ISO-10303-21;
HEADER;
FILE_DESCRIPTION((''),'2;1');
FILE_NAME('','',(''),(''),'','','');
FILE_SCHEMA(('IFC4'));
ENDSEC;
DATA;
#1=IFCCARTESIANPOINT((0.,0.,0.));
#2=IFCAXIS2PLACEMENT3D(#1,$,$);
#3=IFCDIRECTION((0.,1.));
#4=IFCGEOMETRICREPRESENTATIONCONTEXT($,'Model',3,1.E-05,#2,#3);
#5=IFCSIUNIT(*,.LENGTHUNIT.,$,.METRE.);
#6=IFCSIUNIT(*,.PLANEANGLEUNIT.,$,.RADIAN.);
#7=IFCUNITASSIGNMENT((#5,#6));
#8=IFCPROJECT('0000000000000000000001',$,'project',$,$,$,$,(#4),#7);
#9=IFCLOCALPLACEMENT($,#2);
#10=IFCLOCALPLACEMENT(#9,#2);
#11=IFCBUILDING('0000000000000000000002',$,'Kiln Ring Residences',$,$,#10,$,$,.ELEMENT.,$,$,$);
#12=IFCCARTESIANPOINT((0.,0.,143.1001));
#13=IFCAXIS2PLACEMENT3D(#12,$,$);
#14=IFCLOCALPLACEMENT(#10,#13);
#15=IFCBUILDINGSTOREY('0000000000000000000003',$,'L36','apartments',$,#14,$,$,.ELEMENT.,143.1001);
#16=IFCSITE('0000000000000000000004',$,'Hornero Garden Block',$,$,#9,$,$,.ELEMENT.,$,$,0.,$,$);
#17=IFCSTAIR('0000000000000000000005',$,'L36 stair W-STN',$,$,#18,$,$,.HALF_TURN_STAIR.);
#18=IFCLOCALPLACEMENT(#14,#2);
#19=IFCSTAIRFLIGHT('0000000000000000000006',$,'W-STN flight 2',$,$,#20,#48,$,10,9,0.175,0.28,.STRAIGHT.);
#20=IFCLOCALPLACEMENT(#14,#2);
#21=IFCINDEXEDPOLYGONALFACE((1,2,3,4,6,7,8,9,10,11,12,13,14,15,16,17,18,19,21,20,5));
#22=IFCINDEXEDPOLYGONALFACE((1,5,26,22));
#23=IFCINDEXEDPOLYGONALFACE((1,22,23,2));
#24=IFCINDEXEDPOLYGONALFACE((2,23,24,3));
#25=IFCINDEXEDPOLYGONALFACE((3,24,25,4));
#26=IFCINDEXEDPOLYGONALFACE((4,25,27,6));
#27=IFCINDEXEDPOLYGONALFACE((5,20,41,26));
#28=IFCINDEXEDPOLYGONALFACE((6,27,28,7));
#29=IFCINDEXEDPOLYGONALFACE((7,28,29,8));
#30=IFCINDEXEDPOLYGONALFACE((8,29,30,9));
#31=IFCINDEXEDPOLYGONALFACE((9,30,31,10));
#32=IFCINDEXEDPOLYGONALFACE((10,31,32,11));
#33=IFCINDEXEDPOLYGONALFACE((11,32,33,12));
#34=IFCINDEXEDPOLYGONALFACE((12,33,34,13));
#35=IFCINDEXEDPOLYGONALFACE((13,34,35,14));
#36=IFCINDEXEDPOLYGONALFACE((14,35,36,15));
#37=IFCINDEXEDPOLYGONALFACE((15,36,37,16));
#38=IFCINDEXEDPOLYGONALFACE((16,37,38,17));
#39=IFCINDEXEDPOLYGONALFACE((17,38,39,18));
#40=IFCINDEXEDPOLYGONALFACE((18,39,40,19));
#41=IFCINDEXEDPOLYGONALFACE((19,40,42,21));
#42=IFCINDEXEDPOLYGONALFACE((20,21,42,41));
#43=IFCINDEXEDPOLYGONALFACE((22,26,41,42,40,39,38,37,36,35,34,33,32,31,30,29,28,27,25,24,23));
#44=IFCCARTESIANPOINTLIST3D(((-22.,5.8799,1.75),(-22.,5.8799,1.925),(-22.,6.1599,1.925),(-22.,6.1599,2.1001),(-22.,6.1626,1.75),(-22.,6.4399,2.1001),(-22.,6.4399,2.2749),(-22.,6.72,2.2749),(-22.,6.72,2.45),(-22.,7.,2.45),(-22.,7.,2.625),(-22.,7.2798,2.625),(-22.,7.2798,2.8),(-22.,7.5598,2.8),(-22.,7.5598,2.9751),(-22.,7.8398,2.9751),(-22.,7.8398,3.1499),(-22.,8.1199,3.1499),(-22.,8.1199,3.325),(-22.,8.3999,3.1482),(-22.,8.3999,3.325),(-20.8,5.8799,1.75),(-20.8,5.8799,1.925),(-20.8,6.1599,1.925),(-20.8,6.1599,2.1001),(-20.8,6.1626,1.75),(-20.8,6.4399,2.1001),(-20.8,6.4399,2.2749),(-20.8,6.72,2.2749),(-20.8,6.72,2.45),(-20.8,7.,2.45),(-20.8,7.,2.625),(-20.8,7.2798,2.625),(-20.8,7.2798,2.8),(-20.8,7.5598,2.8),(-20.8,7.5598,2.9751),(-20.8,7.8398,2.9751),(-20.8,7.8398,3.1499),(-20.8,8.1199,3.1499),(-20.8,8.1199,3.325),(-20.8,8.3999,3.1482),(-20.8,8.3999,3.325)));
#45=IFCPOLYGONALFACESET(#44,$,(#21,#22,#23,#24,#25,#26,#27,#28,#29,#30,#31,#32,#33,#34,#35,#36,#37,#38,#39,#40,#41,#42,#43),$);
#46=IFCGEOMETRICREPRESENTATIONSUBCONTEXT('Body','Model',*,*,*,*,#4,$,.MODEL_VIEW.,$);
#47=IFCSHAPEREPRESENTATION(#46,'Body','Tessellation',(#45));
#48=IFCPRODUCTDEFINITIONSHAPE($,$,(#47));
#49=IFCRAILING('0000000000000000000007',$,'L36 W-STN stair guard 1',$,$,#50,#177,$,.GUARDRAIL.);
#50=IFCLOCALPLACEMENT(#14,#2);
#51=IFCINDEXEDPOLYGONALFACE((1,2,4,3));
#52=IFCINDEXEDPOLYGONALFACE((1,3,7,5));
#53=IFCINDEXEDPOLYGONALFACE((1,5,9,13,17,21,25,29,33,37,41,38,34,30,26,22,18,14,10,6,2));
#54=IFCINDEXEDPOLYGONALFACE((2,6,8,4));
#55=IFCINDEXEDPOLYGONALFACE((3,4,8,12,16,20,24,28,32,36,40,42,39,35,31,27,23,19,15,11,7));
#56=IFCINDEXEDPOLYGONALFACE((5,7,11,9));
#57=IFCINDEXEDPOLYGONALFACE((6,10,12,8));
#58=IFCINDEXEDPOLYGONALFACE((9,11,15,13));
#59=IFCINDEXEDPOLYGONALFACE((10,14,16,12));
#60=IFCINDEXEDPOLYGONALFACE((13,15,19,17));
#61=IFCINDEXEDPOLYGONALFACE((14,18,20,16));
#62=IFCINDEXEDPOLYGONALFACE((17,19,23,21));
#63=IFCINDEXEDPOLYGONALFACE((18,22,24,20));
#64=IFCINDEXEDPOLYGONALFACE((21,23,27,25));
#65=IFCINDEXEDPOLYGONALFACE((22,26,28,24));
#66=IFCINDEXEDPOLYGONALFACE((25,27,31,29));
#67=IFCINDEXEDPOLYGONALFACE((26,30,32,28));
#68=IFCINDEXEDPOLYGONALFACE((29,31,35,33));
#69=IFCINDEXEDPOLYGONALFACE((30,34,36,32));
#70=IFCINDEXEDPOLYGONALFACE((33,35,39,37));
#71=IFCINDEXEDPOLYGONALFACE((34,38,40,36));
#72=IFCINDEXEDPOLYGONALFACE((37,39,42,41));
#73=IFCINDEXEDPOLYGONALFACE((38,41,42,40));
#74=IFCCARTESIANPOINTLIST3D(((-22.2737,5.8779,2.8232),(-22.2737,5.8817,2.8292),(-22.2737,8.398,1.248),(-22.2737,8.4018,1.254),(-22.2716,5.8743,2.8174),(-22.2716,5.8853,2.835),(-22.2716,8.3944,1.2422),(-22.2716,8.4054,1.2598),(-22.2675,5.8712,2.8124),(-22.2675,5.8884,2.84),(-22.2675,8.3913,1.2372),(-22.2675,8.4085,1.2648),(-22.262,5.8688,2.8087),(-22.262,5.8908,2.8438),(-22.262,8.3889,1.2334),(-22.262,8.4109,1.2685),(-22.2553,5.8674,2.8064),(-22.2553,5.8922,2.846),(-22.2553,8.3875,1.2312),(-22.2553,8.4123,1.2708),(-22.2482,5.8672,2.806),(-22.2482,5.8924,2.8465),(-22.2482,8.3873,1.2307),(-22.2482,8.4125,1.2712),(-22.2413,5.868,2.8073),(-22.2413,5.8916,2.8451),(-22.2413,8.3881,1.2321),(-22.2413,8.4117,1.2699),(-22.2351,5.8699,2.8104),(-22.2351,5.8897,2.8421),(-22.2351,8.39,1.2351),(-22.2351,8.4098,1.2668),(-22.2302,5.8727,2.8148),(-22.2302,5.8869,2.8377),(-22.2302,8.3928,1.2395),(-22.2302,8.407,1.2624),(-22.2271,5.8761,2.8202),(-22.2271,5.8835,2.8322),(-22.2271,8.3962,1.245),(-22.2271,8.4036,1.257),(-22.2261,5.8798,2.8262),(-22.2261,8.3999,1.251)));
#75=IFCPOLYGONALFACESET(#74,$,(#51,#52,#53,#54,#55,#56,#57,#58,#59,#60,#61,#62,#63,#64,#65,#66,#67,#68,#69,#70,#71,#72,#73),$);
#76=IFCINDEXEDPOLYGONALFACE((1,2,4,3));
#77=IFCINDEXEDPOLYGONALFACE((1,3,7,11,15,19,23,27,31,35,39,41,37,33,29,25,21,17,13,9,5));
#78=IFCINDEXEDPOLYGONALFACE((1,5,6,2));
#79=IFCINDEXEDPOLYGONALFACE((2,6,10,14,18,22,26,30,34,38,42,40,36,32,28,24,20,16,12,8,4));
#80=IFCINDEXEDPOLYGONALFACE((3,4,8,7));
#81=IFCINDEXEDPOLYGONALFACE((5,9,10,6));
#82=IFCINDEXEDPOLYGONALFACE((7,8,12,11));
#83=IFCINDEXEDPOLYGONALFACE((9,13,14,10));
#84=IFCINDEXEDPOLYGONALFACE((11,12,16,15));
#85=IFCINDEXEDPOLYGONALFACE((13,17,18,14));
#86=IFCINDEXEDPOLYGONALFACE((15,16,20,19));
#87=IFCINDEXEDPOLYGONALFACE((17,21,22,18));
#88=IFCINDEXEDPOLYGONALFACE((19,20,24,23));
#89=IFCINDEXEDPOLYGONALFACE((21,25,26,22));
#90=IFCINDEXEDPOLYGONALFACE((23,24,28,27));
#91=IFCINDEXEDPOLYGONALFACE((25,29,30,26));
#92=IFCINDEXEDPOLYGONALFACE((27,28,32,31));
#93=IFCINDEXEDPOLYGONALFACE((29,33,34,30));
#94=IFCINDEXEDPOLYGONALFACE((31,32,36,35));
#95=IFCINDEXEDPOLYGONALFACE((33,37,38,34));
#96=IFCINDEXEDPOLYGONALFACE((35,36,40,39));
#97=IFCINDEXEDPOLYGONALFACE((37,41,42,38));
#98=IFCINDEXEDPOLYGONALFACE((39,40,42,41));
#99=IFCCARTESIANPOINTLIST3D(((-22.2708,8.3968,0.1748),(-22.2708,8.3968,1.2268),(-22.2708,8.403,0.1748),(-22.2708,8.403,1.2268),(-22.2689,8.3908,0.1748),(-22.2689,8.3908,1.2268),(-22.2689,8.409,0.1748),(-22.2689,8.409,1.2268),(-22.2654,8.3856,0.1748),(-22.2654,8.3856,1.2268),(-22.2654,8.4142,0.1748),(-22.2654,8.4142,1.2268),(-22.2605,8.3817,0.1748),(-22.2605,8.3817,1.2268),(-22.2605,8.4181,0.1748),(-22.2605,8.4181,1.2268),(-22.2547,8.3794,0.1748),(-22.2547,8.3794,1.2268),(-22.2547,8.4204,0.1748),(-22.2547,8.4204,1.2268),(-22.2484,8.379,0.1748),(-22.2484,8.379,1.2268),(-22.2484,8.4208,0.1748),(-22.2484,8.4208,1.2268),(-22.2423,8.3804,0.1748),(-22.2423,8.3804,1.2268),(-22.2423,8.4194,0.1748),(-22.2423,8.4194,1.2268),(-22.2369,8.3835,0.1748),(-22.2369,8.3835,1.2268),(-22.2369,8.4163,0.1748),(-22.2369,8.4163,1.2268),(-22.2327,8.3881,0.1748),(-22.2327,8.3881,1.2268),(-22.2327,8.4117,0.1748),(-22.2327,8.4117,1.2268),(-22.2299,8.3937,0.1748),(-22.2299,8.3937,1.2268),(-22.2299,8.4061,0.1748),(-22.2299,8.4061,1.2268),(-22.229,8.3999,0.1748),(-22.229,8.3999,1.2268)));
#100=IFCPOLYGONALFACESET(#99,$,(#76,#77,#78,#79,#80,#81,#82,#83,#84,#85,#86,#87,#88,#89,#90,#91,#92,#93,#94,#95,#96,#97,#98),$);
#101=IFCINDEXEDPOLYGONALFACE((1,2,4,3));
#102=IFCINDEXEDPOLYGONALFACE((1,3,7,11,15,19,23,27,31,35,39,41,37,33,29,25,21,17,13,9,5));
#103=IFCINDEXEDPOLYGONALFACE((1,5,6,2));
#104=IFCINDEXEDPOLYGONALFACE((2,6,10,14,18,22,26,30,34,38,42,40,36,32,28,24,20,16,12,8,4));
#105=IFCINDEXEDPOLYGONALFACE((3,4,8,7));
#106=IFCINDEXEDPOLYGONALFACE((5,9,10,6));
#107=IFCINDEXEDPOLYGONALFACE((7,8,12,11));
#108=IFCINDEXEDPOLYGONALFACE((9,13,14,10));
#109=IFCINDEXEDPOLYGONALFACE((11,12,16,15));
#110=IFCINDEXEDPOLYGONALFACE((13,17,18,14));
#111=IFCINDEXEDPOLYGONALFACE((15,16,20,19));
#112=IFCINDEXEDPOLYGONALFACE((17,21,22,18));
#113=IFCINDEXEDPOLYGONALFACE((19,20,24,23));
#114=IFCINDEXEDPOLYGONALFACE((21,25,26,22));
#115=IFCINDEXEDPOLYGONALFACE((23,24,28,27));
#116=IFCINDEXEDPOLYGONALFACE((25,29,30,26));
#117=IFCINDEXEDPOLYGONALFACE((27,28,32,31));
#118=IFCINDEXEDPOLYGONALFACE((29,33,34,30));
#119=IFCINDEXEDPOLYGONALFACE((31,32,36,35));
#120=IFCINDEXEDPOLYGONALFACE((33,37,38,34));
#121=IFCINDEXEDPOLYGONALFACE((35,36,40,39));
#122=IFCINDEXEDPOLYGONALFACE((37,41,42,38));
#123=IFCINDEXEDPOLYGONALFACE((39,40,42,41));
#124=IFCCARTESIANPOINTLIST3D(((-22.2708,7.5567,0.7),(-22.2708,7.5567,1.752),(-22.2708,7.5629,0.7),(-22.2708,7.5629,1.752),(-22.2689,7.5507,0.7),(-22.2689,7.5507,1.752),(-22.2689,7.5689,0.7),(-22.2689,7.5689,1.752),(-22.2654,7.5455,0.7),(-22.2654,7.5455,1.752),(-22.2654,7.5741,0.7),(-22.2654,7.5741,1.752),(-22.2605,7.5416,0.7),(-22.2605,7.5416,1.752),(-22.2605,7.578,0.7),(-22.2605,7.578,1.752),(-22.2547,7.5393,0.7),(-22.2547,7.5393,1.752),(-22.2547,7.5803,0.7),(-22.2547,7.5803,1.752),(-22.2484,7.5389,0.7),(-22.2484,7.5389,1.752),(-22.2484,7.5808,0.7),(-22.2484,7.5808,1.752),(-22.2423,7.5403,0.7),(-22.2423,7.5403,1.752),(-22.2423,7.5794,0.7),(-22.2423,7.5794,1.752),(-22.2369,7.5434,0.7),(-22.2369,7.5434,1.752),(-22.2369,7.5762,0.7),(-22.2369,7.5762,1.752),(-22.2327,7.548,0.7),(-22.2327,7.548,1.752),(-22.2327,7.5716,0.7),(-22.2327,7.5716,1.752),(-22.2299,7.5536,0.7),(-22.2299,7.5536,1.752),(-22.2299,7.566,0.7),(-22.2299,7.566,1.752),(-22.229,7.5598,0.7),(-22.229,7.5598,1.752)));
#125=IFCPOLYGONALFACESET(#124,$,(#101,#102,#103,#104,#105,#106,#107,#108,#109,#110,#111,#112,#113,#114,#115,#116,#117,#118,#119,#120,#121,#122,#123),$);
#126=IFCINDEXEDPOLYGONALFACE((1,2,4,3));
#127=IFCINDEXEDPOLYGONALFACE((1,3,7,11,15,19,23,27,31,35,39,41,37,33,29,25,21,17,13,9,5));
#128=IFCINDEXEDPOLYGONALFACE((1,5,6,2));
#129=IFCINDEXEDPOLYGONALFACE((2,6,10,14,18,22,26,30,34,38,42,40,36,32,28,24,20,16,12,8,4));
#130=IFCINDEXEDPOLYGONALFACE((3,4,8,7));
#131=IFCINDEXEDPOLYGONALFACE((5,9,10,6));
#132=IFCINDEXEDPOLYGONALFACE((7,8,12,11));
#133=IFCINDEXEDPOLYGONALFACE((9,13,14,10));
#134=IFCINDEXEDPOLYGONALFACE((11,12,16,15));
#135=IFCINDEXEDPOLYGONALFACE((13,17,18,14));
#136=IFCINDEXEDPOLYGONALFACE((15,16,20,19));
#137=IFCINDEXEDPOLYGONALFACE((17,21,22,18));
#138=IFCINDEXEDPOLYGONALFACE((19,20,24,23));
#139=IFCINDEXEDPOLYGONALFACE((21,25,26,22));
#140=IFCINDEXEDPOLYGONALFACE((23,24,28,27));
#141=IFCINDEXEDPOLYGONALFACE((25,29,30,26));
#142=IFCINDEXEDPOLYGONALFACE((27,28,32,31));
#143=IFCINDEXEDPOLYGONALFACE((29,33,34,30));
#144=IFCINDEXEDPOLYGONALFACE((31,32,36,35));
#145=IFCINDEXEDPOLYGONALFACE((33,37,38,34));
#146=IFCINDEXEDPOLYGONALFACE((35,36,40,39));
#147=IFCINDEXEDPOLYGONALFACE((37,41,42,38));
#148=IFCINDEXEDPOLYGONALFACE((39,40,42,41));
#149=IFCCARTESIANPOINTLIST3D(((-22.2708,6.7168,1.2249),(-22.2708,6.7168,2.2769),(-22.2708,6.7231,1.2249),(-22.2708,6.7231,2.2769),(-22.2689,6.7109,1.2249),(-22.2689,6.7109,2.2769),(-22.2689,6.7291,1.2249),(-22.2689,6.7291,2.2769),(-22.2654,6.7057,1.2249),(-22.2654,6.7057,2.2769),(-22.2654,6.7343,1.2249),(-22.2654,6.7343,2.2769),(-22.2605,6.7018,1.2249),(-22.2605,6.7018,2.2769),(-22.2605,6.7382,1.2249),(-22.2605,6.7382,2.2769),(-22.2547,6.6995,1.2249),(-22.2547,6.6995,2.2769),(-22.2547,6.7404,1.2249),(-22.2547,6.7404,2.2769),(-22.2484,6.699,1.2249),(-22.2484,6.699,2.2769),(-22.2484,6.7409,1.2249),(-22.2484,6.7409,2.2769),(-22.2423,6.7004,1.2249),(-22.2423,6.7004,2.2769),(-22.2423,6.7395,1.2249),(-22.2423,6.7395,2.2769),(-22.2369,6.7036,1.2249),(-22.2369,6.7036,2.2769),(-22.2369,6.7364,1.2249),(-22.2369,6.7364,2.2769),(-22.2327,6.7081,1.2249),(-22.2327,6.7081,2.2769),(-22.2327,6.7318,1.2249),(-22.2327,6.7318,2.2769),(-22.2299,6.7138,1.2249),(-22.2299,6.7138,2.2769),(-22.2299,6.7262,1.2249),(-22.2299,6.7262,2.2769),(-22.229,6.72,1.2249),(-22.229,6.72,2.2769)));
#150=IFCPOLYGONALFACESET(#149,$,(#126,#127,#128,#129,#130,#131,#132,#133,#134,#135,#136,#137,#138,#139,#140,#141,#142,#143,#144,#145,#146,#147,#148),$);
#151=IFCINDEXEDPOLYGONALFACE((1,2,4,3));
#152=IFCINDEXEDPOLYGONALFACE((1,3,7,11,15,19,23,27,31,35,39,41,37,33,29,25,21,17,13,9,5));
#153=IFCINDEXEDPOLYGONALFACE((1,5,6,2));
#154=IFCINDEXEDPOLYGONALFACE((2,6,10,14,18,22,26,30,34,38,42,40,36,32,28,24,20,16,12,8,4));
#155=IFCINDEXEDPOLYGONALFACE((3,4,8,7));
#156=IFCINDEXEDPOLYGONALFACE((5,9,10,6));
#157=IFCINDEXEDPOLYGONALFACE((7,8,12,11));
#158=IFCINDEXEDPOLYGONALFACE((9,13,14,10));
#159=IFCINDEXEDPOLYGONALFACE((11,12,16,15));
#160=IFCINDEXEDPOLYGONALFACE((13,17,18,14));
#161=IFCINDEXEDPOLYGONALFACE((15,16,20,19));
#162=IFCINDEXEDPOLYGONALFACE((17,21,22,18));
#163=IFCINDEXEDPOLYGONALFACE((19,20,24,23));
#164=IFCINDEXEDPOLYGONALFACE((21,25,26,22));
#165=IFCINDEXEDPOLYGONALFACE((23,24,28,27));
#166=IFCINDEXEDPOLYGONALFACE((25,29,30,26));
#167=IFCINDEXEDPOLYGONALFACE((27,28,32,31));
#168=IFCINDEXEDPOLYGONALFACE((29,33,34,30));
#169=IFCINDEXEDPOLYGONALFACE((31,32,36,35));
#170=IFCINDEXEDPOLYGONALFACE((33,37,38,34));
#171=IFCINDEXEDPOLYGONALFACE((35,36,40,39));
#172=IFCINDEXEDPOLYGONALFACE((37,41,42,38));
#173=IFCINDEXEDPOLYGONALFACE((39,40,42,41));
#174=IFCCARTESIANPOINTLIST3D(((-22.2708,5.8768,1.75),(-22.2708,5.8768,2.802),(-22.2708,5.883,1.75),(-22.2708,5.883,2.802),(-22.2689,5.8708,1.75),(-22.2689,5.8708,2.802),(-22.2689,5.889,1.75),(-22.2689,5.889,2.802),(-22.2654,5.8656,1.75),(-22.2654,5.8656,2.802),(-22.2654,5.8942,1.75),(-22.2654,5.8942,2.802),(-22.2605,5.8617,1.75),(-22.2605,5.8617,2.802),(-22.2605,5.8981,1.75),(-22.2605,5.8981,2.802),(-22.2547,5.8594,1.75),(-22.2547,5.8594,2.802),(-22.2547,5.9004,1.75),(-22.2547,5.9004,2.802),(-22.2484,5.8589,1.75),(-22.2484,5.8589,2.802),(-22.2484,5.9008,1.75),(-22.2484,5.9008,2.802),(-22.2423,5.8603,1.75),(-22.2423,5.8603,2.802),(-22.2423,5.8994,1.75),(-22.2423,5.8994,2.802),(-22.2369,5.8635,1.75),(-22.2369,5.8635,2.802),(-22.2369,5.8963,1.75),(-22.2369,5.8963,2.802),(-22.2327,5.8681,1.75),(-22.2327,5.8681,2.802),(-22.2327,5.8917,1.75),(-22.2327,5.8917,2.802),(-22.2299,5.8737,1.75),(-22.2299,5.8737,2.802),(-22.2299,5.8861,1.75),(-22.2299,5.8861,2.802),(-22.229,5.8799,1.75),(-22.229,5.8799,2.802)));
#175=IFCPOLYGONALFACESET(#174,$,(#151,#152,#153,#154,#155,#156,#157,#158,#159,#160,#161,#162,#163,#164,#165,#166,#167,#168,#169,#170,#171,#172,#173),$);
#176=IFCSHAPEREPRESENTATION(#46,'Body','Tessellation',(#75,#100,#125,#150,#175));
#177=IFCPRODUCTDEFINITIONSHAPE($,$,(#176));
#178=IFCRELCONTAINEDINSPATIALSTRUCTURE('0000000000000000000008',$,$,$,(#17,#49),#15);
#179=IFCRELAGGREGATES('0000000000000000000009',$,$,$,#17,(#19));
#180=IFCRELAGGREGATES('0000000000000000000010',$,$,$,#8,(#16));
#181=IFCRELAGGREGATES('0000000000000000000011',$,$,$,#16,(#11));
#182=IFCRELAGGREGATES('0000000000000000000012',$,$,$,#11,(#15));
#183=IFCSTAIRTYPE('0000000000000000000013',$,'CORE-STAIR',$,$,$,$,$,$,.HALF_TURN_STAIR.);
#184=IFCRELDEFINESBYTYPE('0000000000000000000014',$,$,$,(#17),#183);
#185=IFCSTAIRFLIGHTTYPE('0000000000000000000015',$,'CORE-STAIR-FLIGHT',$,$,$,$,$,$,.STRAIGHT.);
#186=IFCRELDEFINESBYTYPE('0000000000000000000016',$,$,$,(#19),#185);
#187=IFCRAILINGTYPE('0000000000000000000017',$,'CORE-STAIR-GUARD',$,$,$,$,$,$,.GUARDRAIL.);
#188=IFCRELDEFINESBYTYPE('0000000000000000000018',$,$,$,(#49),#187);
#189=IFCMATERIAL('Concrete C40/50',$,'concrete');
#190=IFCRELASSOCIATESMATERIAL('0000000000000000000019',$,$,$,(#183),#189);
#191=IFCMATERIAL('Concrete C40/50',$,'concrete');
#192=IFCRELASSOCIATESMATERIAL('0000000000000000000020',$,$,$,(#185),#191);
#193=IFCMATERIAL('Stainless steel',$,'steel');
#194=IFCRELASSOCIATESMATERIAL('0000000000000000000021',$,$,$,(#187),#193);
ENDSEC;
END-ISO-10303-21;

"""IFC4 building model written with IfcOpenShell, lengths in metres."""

from ifc_helpers import new_model, si_unit, direction, frame, origin, origin_2d, place, context, subcontext, project, spatial, polyline, circle, outline, extrude, material, type_object, element, aggregate, save


model = new_model("IFC4")

# Units and contexts
model_context = context("Model", 3, precision=1e-05, world=origin(), true_north=direction((0.0, 1.0)))
body_context = subcontext(model_context, "Body", "Model", "MODEL_VIEW")
ifc_project = project(units=[si_unit("LENGTHUNIT", "METRE"), si_unit("PLANEANGLEUNIT", "RADIAN")], contexts=[model_context])

# Site, building, storey
site_placement = place(None, origin())
site = spatial("IfcSite", under=ifc_project, at=site_placement, Name="Hornero Garden Block", CompositionType="ELEMENT", RefElevation=0.0)
building_placement = place(site_placement, origin())
building = spatial("IfcBuilding", under=site, at=building_placement, Name="Kiln Ring Residences", CompositionType="ELEMENT")
storey_placement = place(building_placement, frame((0.0, 0.0, 143.1001)))
storey = spatial("IfcBuildingStorey", under=building, at=storey_placement, Name="L36", Description="apartments", CompositionType="ELEMENT", Elevation=143.1001)

# Stair, stair flight
ifc_material_1 = material(Name="Concrete C40/50", Category="concrete")
stair_type = type_object("IfcStairType", Name="CORE-STAIR", PredefinedType="HALF_TURN_STAIR", material=ifc_material_1)
stair_placement = place(storey_placement, origin())
stair = element("IfcStair", 1, at=stair_placement, inside=storey, type_object=stair_type, Name="L36 stair W-STN", PredefinedType="HALF_TURN_STAIR")
ifc_material_2 = material(Name="Concrete C40/50", Category="concrete")
stair_flight_type = type_object("IfcStairFlightType", Name="CORE-STAIR-FLIGHT", PredefinedType="STRAIGHT", material=ifc_material_2)
stair_flight_1_placement = place(storey_placement, frame((-21.3999, 5.8799, 1.75), z_axis=(0.0, 0.0, 1.0), x_axis=(0.0, 1.0, 0.0)))
stair_flight_1 = element("IfcStairFlight", 2, at=stair_flight_1_placement, type_object=stair_flight_type, Name="W-STN flight 2", NumberOfRisers=10, NumberOfTreads=9, PredefinedType="STRAIGHT", RiserHeight=0.175, TreadLength=0.28, context=body_context, shape_type="SweptSolid", body=[
    extrude(outline(polyline([(0.0, 0.0), (0.0, 0.175), (0.28, 0.175), (0.28, 0.3501), (0.5601, 0.3501), (0.5601, 0.5249), (0.8401, 0.5249), (0.8401, 0.7), (1.1201, 0.7), (1.1201, 0.875), (1.3999, 0.875), (1.3999, 1.05), (1.6799, 1.05), (1.6799, 1.2251), (1.96, 1.2251), (1.96, 1.3999), (2.24, 1.3999), (2.24, 1.575), (2.52, 1.575), (2.52, 1.75), (2.52, 1.3982), (0.2827, 0.0), (0.0, 0.0)])), frame((0.0, 0.6001, 0.0), z_axis=(0.0, -1.0, 0.0), x_axis=(1.0, 0.0, 0.0)), (0.0, 0.0, 1.0), 1.2),
])
aggregate(stair, [stair_flight_1])

# Railing
ifc_material_3 = material(Name="Stainless steel", Category="steel")
railing_type_1 = type_object("IfcRailingType", Name="CORE-STAIR-GUARD", PredefinedType="GUARDRAIL", material=ifc_material_3)
railing_1_placement = place(storey_placement, frame((-22.25, 8.3999, 0.1748)))
element("IfcRailing", 3, at=railing_1_placement, inside=storey, type_object=railing_type_1, Name="L36 W-STN stair guard 1", PredefinedType="GUARDRAIL", context=body_context, shape_type="SweptSolid", body=[
    extrude(circle(Radius=0.0239, at=origin_2d()), frame((0.0, 0.0, 1.0762), z_axis=(0.0, -0.847971, 0.530043), x_axis=(1.0, 0.0, 0.0)), (0.0, 0.0, 1.0), 2.9719),
    extrude(circle(Radius=0.021, at=origin_2d()), origin(), (0.0, 0.0, 1.0), 1.052),
    extrude(circle(Radius=0.021, at=origin_2d()), frame((0.0, -0.8401, 0.5251)), (0.0, 0.0, 1.0), 1.052),
    extrude(circle(Radius=0.021, at=origin_2d()), frame((0.0, -1.6799, 1.05)), (0.0, 0.0, 1.0), 1.052),
    extrude(circle(Radius=0.021, at=origin_2d()), frame((0.0, -2.52, 1.5752)), (0.0, 0.0, 1.0), 1.052),
])

save(model, "model.ifc")
